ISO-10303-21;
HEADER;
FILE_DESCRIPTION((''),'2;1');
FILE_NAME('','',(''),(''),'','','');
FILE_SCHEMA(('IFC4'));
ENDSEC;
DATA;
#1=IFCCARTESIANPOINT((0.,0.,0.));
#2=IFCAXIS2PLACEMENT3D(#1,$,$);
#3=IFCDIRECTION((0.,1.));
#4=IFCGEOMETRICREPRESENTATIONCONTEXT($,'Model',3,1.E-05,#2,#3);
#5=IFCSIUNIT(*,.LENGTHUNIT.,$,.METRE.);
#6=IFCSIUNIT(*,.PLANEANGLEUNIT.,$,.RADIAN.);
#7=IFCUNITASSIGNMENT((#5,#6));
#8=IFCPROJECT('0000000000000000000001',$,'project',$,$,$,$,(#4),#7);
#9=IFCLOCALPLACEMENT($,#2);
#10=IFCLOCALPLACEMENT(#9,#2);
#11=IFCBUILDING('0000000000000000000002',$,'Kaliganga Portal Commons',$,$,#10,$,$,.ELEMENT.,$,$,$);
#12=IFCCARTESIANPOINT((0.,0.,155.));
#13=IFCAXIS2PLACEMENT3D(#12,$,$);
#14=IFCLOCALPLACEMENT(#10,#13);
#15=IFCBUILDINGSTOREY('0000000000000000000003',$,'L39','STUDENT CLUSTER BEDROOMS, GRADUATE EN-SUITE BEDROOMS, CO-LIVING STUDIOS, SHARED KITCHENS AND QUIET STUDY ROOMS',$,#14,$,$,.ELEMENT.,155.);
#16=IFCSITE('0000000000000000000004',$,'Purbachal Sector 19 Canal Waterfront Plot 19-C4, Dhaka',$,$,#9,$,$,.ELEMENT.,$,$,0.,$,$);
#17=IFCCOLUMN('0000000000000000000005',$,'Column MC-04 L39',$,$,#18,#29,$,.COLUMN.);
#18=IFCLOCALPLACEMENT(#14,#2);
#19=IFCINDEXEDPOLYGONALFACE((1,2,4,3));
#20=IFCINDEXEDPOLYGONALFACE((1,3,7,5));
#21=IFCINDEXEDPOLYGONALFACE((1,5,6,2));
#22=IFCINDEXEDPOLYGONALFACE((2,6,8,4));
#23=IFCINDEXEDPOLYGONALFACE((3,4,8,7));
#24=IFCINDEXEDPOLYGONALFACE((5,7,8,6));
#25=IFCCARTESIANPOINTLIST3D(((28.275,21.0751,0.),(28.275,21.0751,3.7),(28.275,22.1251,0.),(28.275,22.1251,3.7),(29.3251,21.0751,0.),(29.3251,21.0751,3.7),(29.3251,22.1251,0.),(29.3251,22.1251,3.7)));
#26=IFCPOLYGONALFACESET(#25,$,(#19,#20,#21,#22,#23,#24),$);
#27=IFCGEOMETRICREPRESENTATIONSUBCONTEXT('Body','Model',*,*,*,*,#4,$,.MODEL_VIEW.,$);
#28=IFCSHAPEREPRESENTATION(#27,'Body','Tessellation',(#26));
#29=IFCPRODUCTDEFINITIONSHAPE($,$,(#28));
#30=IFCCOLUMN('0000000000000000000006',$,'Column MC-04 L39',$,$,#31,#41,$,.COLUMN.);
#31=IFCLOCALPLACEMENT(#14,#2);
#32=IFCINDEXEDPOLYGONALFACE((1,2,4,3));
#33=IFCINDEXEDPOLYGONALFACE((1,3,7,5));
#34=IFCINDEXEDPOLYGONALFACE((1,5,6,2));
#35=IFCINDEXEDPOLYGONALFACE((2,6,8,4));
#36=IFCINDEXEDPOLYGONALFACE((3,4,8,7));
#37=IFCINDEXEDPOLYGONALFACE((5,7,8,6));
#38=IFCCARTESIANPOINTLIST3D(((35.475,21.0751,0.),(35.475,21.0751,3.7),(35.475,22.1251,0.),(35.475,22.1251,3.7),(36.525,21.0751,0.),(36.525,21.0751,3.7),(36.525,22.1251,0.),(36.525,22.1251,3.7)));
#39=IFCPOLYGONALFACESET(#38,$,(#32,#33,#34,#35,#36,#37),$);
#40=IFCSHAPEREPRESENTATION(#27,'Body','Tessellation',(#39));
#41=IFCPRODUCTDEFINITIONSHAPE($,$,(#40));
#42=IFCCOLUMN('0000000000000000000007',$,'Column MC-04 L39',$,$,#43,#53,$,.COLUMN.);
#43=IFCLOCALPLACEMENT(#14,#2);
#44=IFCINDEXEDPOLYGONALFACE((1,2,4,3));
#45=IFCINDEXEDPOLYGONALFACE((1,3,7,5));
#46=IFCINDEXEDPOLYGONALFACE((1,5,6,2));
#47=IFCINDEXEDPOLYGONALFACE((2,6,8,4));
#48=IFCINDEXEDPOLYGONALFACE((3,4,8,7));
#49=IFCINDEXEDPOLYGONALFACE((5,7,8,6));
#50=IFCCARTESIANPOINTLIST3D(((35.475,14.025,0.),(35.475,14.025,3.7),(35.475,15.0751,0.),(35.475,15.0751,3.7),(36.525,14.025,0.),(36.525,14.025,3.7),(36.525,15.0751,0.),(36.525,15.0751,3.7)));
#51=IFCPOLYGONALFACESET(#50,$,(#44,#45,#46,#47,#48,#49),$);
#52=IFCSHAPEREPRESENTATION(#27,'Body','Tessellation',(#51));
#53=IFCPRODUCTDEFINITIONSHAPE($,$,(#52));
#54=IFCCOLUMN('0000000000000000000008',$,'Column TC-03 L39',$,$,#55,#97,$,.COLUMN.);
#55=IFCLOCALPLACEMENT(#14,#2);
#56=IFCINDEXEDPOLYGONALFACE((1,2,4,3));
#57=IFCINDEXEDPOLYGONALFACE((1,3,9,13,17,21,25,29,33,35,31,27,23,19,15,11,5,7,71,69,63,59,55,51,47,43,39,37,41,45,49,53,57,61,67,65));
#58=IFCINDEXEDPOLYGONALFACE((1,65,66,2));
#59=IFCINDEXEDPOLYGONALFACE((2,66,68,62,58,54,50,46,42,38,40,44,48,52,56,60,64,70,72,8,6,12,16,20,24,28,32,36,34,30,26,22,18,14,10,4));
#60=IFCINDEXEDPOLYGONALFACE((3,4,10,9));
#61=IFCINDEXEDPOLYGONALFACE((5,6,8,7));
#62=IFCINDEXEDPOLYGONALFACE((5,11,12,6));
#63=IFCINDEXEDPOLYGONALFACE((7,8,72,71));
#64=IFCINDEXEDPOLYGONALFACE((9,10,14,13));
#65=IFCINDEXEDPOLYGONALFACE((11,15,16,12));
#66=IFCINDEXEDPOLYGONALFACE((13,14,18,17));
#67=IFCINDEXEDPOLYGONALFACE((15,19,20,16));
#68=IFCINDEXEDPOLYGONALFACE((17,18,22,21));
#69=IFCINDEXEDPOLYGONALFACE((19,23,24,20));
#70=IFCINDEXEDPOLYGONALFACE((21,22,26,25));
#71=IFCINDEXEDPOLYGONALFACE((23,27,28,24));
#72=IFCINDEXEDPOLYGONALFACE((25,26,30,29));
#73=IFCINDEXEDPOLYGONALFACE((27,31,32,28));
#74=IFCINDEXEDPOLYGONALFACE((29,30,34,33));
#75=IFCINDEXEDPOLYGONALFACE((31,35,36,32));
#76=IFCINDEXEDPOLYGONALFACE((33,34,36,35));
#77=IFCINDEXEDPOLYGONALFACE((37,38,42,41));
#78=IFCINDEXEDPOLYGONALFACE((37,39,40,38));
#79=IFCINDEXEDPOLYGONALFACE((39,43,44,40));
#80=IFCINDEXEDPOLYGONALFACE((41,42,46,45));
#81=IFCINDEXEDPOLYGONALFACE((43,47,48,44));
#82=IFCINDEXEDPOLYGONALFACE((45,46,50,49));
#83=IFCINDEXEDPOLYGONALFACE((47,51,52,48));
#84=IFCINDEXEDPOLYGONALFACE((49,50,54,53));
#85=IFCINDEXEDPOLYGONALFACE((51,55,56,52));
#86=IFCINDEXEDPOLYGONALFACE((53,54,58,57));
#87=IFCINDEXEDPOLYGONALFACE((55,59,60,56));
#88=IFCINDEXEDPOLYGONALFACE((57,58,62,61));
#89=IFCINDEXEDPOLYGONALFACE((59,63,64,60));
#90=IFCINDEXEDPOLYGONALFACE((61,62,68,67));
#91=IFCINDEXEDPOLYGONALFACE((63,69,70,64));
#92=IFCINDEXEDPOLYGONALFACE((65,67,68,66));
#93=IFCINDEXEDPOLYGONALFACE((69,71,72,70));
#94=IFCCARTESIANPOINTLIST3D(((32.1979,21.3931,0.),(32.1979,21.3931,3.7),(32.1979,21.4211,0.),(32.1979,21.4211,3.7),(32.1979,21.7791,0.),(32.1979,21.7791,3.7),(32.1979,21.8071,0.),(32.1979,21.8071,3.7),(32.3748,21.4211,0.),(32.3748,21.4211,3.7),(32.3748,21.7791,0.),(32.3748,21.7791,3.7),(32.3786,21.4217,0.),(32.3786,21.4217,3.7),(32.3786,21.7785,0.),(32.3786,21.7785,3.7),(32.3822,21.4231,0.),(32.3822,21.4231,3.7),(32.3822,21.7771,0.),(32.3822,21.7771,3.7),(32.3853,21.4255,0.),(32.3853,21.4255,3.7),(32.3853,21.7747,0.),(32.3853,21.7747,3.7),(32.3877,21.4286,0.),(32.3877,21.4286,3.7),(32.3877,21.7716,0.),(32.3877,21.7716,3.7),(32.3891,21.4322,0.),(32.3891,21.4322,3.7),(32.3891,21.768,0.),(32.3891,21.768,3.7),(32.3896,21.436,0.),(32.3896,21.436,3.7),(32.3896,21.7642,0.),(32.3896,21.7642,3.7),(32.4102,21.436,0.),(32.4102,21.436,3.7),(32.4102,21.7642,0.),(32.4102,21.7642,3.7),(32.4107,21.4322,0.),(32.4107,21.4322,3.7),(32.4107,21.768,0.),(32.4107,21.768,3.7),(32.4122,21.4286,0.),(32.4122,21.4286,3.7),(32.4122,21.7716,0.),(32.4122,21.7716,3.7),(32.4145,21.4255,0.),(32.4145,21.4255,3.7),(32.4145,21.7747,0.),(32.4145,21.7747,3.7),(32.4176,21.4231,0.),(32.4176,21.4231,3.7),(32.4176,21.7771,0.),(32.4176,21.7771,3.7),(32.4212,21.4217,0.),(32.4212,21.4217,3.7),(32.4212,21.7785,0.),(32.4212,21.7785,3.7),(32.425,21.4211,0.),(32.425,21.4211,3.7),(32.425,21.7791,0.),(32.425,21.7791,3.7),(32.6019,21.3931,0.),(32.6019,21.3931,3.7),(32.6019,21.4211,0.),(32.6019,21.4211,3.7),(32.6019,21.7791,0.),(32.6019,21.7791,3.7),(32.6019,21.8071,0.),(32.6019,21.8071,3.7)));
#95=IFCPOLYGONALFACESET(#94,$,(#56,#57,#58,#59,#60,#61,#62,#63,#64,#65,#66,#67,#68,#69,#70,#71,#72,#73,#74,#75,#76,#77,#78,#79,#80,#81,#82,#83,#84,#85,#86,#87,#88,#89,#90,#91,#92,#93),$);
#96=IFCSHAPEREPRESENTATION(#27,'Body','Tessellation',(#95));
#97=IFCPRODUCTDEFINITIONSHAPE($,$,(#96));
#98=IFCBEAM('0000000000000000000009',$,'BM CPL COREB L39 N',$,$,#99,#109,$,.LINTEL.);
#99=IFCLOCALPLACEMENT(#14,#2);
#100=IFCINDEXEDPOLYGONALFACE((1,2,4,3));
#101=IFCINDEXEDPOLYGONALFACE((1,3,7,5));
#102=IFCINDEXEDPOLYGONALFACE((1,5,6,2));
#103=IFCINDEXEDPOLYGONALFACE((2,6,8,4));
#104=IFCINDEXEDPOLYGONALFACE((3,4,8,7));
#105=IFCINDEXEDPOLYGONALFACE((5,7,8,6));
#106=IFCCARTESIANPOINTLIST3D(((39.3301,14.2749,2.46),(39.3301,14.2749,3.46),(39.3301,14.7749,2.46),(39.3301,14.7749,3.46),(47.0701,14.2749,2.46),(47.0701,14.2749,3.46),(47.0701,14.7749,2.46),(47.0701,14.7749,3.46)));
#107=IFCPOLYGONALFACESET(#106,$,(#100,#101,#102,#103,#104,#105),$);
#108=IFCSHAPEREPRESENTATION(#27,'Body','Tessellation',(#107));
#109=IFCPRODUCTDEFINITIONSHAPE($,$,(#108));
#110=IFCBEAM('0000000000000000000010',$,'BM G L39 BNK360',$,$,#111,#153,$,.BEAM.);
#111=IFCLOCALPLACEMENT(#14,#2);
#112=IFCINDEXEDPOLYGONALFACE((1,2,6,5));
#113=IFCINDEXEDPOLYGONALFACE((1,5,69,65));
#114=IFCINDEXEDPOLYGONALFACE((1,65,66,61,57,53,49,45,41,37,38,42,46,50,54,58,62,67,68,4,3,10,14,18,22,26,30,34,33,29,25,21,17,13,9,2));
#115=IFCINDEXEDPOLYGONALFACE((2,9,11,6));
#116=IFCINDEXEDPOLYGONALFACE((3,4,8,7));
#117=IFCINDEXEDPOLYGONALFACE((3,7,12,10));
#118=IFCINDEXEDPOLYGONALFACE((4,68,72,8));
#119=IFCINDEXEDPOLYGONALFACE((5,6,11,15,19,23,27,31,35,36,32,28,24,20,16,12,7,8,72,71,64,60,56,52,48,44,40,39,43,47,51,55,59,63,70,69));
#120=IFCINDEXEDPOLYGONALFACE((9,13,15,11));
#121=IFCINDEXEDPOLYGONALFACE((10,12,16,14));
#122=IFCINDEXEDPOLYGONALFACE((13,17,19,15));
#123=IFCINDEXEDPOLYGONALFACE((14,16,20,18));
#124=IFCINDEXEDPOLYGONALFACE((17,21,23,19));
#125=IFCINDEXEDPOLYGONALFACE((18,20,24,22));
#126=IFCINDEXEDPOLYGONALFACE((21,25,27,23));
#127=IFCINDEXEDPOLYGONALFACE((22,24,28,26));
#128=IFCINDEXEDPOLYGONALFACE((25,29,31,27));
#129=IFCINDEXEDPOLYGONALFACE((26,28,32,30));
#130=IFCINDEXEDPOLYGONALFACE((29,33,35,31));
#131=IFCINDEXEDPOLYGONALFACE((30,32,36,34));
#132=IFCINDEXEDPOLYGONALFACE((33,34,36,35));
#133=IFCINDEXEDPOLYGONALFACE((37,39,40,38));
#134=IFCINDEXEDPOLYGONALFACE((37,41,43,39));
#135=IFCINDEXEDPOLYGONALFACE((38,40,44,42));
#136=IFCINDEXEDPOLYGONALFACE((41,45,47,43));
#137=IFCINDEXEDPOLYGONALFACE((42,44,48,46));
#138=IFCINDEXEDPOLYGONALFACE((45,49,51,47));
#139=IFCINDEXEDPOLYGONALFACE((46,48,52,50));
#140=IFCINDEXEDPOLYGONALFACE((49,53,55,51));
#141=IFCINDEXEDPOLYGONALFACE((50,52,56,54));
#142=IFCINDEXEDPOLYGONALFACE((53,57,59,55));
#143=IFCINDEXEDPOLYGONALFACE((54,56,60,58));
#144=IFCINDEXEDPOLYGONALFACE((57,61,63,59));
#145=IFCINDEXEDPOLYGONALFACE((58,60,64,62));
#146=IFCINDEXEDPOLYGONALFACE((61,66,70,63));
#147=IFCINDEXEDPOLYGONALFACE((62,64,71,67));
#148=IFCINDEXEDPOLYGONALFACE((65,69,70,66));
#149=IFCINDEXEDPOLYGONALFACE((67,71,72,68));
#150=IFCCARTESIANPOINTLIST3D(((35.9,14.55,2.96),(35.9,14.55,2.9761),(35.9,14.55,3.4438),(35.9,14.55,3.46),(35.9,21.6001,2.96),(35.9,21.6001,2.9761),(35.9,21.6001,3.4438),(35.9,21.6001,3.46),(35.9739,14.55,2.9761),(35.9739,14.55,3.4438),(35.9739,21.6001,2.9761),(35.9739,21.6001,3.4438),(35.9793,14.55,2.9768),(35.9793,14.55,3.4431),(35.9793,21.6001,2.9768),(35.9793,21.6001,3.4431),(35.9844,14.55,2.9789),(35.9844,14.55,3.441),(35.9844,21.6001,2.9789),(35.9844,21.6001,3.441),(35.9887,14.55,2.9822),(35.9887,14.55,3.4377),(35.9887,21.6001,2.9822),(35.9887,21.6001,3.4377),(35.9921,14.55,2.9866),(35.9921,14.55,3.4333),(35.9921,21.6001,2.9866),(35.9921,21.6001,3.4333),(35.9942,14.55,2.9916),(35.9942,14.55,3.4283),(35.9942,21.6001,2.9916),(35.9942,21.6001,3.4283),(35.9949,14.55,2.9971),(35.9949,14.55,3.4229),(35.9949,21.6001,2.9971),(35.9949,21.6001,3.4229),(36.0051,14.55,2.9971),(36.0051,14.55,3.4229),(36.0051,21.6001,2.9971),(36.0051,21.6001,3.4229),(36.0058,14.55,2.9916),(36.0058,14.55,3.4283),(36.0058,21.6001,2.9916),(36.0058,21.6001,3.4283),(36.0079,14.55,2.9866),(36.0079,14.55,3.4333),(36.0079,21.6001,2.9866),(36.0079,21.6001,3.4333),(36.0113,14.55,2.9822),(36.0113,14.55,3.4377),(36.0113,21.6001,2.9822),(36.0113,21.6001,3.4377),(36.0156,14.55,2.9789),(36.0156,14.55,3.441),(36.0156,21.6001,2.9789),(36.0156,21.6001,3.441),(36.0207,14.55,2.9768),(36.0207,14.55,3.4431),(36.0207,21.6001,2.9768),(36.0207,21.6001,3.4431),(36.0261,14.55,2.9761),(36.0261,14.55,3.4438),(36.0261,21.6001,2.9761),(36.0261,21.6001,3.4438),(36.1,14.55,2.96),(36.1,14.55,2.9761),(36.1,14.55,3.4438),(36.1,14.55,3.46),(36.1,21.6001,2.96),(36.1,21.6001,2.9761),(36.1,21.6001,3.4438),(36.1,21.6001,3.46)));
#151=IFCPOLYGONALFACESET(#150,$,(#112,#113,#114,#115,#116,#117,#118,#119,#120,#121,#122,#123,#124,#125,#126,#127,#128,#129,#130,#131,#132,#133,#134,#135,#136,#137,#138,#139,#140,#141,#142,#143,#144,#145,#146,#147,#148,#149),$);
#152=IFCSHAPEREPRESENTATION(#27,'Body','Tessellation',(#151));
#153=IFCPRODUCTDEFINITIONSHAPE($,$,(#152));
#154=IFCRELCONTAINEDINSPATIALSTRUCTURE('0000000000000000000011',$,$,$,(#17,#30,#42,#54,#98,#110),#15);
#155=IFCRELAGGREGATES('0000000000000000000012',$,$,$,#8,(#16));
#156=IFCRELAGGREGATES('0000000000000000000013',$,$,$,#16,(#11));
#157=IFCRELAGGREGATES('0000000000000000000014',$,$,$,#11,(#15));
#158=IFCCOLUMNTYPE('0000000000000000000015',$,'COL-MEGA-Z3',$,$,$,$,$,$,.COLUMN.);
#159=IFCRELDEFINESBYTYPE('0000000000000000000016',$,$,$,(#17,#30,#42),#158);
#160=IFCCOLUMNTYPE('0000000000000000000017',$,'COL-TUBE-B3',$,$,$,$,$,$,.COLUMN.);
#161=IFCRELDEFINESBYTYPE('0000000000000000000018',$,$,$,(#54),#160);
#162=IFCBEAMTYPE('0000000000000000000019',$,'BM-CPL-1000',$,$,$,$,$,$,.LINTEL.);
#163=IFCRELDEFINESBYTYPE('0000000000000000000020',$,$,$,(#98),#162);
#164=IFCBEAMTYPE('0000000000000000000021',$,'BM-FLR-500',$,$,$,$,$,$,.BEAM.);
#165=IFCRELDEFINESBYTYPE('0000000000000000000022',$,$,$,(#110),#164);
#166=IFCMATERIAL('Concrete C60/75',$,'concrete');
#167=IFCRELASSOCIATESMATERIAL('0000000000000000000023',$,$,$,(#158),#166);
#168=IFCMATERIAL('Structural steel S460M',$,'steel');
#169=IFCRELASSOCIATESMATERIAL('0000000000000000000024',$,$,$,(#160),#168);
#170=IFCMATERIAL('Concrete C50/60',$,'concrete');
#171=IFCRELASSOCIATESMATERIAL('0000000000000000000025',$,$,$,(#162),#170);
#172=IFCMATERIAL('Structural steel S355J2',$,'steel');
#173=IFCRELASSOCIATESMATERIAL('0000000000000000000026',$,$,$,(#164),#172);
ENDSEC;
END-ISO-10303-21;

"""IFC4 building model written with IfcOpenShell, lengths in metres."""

from ifc_helpers import new_model, si_unit, direction, frame, origin, origin_2d, place, context, subcontext, project, spatial, rectangle, i_section, extrude, source, transform, mapped, material, material_profile, profile_set, type_object, element, save


model = new_model("IFC4")

# Units and contexts
model_context = context("Model", 3, precision=1e-05, world=origin(), true_north=direction((0.0, 1.0)))
body_context = subcontext(model_context, "Body", "Model", "MODEL_VIEW")
ifc_project = project(units=[si_unit("LENGTHUNIT", "METRE"), si_unit("PLANEANGLEUNIT", "RADIAN")], contexts=[model_context])

# Site, building, storey
site_placement = place(None, origin())
site = spatial("IfcSite", under=ifc_project, at=site_placement, Name="Purbachal Sector 19 Canal Waterfront Plot 19-C4, Dhaka", CompositionType="ELEMENT", RefElevation=0.0)
building_placement = place(site_placement, origin())
building = spatial("IfcBuilding", under=site, at=building_placement, Name="Kaliganga Portal Commons", CompositionType="ELEMENT")
storey_placement = place(building_placement, frame((0.0, 0.0, 155.0)))
storey = spatial("IfcBuildingStorey", under=building, at=storey_placement, Name="L39", Description="STUDENT CLUSTER BEDROOMS, GRADUATE EN-SUITE BEDROOMS, CO-LIVING STUDIOS, SHARED KITCHENS AND QUIET STUDY ROOMS", CompositionType="ELEMENT", Elevation=155.0)

# Columns
ifc_material_1 = material(Name="Concrete C60/75", Category="concrete")
ifc_material_profile_1 = material_profile(ifc_material_1, rectangle(XDim=1.05, YDim=1.05, at=origin_2d()), Name="RC 1050x1050")
ifc_profile_set_1 = profile_set([ifc_material_profile_1], Name="Concrete C60/75")
column_type_1 = type_object("IfcColumnType", Name="COL-MEGA-Z3", PredefinedType="COLUMN", material=ifc_profile_set_1)
shared_shape_1 = source(origin(), body_context, "Body", "SweptSolid", [
    extrude(rectangle(XDim=1.05, YDim=1.05, at=origin_2d()), origin(), (0.0, 0.0, 1.0), 3.7),
])
for number, where, z_axis, x_axis, name in (
    (1, (28.8, 21.6001, 0.0), (0.0, 0.0, 1.0), (1.0, 0.0, 0.0), "Column MC-04 L39"),
    (2, (36.0, 21.6001, 0.0), (0.0, 0.0, 1.0), (1.0, 0.0, 0.0), "Column MC-04 L39"),
    (3, (36.0, 14.55, 0.0), (0.0, 0.0, 1.0), (1.0, 0.0, 0.0), "Column MC-04 L39"),
):
    element("IfcColumn", number, at=place(storey_placement, frame(where, z_axis=z_axis, x_axis=x_axis)), inside=storey, type_object=column_type_1, Name=name, PredefinedType="COLUMN", context=body_context, shape_type="MappedRepresentation", body=[
        mapped(shared_shape_1, transform((0.0, 0.0, 0.0), x_axis=(1.0, 0.0, 0.0), y_axis=(0.0, 1.0, 0.0), z_axis=(0.0, 0.0, 1.0), scale=1.0)),
    ])
ifc_material_2 = material(Name="Structural steel S460M", Category="steel")
ifc_material_profile_2 = material_profile(ifc_material_2, i_section(OverallWidth=0.4041, OverallDepth=0.4141, WebThickness=0.0205, FlangeThickness=0.0281, FilletRadius=0.0149, at=origin_2d()), Name="HD 400x347")
ifc_profile_set_2 = profile_set([ifc_material_profile_2], Name="Structural steel S460M wide-flange")
column_type_2 = type_object("IfcColumnType", Name="COL-TUBE-B3", PredefinedType="COLUMN", material=ifc_profile_set_2)
shared_shape_2 = source(origin(), body_context, "Body", "SweptSolid", [
    extrude(i_section(OverallWidth=0.4041, OverallDepth=0.4141, WebThickness=0.0205, FlangeThickness=0.0281, FilletRadius=0.0149, at=origin_2d()), origin(), (0.0, 0.0, 1.0), 3.7),
])
column_placement = place(storey_placement, frame((32.3999, 21.6001, 0.0), z_axis=(0.0, 0.0, 1.0), x_axis=(1.0, 0.0, 0.0)))
element("IfcColumn", 4, at=column_placement, inside=storey, type_object=column_type_2, Name="Column TC-03 L39", PredefinedType="COLUMN", context=body_context, shape_type="MappedRepresentation", body=[
    mapped(shared_shape_2, transform((0.0, 0.0, 0.0), x_axis=(1.0, 0.0, 0.0), y_axis=(0.0, 1.0, 0.0), z_axis=(0.0, 0.0, 1.0), scale=1.0)),
])

# Beams
ifc_material_3 = material(Name="Concrete C50/60", Category="concrete")
ifc_material_profile_3 = material_profile(ifc_material_3, rectangle(XDim=0.5, YDim=1.0, at=origin_2d()), Name="RC 500x1000")
ifc_profile_set_3 = profile_set([ifc_material_profile_3], Name="Concrete C50/60")
beam_type_1 = type_object("IfcBeamType", Name="BM-CPL-1000", PredefinedType="LINTEL", material=ifc_profile_set_3)
shared_shape_3 = source(origin(), body_context, "Body", "SweptSolid", [
    extrude(rectangle(XDim=0.5, YDim=1.0, at=origin_2d()), origin(), (0.0, 0.0, 1.0), 7.74),
])
beam_1_placement = place(storey_placement, frame((39.3301, 14.5249, 2.96), z_axis=(1.0, 0.0, 0.0), x_axis=(0.0, 1.0, 0.0)))
element("IfcBeam", 5, at=beam_1_placement, inside=storey, type_object=beam_type_1, Name="BM CPL COREB L39 N", PredefinedType="LINTEL", context=body_context, shape_type="MappedRepresentation", body=[
    mapped(shared_shape_3, transform((0.0, 0.0, 0.0), x_axis=(1.0, 0.0, 0.0), y_axis=(0.0, 1.0, 0.0), z_axis=(0.0, 0.0, 1.0), scale=1.0)),
])
ifc_material_4 = material(Name="Structural steel S355J2", Category="steel")
ifc_material_profile_4 = material_profile(ifc_material_4, i_section(OverallWidth=0.2, OverallDepth=0.5, WebThickness=0.0103, FlangeThickness=0.0161, FilletRadius=0.021, at=origin_2d()), Name="IPE 500")
ifc_profile_set_4 = profile_set([ifc_material_profile_4], Name="Structural steel S355J2 wide-flange")
beam_type_2 = type_object("IfcBeamType", Name="BM-FLR-500", PredefinedType="BEAM", material=ifc_profile_set_4)
shared_shape_4 = source(origin(), body_context, "Body", "SweptSolid", [
    extrude(i_section(OverallWidth=0.2, OverallDepth=0.5, WebThickness=0.0103, FlangeThickness=0.0161, FilletRadius=0.021, at=origin_2d()), origin(), (0.0, 0.0, 1.0), 7.05),
])
beam_2_placement = place(storey_placement, frame((36.0, 14.55, 3.21), z_axis=(0.0, 1.0, 0.0), x_axis=(-1.0, 0.0, 0.0)))
element("IfcBeam", 6, at=beam_2_placement, inside=storey, type_object=beam_type_2, Name="BM G L39 BNK360", PredefinedType="BEAM", context=body_context, shape_type="MappedRepresentation", body=[
    mapped(shared_shape_4, transform((0.0, 0.0, 0.0), x_axis=(1.0, 0.0, 0.0), y_axis=(0.0, 1.0, 0.0), z_axis=(0.0, 0.0, 1.0), scale=1.0)),
])

save(model, "model.ifc")
